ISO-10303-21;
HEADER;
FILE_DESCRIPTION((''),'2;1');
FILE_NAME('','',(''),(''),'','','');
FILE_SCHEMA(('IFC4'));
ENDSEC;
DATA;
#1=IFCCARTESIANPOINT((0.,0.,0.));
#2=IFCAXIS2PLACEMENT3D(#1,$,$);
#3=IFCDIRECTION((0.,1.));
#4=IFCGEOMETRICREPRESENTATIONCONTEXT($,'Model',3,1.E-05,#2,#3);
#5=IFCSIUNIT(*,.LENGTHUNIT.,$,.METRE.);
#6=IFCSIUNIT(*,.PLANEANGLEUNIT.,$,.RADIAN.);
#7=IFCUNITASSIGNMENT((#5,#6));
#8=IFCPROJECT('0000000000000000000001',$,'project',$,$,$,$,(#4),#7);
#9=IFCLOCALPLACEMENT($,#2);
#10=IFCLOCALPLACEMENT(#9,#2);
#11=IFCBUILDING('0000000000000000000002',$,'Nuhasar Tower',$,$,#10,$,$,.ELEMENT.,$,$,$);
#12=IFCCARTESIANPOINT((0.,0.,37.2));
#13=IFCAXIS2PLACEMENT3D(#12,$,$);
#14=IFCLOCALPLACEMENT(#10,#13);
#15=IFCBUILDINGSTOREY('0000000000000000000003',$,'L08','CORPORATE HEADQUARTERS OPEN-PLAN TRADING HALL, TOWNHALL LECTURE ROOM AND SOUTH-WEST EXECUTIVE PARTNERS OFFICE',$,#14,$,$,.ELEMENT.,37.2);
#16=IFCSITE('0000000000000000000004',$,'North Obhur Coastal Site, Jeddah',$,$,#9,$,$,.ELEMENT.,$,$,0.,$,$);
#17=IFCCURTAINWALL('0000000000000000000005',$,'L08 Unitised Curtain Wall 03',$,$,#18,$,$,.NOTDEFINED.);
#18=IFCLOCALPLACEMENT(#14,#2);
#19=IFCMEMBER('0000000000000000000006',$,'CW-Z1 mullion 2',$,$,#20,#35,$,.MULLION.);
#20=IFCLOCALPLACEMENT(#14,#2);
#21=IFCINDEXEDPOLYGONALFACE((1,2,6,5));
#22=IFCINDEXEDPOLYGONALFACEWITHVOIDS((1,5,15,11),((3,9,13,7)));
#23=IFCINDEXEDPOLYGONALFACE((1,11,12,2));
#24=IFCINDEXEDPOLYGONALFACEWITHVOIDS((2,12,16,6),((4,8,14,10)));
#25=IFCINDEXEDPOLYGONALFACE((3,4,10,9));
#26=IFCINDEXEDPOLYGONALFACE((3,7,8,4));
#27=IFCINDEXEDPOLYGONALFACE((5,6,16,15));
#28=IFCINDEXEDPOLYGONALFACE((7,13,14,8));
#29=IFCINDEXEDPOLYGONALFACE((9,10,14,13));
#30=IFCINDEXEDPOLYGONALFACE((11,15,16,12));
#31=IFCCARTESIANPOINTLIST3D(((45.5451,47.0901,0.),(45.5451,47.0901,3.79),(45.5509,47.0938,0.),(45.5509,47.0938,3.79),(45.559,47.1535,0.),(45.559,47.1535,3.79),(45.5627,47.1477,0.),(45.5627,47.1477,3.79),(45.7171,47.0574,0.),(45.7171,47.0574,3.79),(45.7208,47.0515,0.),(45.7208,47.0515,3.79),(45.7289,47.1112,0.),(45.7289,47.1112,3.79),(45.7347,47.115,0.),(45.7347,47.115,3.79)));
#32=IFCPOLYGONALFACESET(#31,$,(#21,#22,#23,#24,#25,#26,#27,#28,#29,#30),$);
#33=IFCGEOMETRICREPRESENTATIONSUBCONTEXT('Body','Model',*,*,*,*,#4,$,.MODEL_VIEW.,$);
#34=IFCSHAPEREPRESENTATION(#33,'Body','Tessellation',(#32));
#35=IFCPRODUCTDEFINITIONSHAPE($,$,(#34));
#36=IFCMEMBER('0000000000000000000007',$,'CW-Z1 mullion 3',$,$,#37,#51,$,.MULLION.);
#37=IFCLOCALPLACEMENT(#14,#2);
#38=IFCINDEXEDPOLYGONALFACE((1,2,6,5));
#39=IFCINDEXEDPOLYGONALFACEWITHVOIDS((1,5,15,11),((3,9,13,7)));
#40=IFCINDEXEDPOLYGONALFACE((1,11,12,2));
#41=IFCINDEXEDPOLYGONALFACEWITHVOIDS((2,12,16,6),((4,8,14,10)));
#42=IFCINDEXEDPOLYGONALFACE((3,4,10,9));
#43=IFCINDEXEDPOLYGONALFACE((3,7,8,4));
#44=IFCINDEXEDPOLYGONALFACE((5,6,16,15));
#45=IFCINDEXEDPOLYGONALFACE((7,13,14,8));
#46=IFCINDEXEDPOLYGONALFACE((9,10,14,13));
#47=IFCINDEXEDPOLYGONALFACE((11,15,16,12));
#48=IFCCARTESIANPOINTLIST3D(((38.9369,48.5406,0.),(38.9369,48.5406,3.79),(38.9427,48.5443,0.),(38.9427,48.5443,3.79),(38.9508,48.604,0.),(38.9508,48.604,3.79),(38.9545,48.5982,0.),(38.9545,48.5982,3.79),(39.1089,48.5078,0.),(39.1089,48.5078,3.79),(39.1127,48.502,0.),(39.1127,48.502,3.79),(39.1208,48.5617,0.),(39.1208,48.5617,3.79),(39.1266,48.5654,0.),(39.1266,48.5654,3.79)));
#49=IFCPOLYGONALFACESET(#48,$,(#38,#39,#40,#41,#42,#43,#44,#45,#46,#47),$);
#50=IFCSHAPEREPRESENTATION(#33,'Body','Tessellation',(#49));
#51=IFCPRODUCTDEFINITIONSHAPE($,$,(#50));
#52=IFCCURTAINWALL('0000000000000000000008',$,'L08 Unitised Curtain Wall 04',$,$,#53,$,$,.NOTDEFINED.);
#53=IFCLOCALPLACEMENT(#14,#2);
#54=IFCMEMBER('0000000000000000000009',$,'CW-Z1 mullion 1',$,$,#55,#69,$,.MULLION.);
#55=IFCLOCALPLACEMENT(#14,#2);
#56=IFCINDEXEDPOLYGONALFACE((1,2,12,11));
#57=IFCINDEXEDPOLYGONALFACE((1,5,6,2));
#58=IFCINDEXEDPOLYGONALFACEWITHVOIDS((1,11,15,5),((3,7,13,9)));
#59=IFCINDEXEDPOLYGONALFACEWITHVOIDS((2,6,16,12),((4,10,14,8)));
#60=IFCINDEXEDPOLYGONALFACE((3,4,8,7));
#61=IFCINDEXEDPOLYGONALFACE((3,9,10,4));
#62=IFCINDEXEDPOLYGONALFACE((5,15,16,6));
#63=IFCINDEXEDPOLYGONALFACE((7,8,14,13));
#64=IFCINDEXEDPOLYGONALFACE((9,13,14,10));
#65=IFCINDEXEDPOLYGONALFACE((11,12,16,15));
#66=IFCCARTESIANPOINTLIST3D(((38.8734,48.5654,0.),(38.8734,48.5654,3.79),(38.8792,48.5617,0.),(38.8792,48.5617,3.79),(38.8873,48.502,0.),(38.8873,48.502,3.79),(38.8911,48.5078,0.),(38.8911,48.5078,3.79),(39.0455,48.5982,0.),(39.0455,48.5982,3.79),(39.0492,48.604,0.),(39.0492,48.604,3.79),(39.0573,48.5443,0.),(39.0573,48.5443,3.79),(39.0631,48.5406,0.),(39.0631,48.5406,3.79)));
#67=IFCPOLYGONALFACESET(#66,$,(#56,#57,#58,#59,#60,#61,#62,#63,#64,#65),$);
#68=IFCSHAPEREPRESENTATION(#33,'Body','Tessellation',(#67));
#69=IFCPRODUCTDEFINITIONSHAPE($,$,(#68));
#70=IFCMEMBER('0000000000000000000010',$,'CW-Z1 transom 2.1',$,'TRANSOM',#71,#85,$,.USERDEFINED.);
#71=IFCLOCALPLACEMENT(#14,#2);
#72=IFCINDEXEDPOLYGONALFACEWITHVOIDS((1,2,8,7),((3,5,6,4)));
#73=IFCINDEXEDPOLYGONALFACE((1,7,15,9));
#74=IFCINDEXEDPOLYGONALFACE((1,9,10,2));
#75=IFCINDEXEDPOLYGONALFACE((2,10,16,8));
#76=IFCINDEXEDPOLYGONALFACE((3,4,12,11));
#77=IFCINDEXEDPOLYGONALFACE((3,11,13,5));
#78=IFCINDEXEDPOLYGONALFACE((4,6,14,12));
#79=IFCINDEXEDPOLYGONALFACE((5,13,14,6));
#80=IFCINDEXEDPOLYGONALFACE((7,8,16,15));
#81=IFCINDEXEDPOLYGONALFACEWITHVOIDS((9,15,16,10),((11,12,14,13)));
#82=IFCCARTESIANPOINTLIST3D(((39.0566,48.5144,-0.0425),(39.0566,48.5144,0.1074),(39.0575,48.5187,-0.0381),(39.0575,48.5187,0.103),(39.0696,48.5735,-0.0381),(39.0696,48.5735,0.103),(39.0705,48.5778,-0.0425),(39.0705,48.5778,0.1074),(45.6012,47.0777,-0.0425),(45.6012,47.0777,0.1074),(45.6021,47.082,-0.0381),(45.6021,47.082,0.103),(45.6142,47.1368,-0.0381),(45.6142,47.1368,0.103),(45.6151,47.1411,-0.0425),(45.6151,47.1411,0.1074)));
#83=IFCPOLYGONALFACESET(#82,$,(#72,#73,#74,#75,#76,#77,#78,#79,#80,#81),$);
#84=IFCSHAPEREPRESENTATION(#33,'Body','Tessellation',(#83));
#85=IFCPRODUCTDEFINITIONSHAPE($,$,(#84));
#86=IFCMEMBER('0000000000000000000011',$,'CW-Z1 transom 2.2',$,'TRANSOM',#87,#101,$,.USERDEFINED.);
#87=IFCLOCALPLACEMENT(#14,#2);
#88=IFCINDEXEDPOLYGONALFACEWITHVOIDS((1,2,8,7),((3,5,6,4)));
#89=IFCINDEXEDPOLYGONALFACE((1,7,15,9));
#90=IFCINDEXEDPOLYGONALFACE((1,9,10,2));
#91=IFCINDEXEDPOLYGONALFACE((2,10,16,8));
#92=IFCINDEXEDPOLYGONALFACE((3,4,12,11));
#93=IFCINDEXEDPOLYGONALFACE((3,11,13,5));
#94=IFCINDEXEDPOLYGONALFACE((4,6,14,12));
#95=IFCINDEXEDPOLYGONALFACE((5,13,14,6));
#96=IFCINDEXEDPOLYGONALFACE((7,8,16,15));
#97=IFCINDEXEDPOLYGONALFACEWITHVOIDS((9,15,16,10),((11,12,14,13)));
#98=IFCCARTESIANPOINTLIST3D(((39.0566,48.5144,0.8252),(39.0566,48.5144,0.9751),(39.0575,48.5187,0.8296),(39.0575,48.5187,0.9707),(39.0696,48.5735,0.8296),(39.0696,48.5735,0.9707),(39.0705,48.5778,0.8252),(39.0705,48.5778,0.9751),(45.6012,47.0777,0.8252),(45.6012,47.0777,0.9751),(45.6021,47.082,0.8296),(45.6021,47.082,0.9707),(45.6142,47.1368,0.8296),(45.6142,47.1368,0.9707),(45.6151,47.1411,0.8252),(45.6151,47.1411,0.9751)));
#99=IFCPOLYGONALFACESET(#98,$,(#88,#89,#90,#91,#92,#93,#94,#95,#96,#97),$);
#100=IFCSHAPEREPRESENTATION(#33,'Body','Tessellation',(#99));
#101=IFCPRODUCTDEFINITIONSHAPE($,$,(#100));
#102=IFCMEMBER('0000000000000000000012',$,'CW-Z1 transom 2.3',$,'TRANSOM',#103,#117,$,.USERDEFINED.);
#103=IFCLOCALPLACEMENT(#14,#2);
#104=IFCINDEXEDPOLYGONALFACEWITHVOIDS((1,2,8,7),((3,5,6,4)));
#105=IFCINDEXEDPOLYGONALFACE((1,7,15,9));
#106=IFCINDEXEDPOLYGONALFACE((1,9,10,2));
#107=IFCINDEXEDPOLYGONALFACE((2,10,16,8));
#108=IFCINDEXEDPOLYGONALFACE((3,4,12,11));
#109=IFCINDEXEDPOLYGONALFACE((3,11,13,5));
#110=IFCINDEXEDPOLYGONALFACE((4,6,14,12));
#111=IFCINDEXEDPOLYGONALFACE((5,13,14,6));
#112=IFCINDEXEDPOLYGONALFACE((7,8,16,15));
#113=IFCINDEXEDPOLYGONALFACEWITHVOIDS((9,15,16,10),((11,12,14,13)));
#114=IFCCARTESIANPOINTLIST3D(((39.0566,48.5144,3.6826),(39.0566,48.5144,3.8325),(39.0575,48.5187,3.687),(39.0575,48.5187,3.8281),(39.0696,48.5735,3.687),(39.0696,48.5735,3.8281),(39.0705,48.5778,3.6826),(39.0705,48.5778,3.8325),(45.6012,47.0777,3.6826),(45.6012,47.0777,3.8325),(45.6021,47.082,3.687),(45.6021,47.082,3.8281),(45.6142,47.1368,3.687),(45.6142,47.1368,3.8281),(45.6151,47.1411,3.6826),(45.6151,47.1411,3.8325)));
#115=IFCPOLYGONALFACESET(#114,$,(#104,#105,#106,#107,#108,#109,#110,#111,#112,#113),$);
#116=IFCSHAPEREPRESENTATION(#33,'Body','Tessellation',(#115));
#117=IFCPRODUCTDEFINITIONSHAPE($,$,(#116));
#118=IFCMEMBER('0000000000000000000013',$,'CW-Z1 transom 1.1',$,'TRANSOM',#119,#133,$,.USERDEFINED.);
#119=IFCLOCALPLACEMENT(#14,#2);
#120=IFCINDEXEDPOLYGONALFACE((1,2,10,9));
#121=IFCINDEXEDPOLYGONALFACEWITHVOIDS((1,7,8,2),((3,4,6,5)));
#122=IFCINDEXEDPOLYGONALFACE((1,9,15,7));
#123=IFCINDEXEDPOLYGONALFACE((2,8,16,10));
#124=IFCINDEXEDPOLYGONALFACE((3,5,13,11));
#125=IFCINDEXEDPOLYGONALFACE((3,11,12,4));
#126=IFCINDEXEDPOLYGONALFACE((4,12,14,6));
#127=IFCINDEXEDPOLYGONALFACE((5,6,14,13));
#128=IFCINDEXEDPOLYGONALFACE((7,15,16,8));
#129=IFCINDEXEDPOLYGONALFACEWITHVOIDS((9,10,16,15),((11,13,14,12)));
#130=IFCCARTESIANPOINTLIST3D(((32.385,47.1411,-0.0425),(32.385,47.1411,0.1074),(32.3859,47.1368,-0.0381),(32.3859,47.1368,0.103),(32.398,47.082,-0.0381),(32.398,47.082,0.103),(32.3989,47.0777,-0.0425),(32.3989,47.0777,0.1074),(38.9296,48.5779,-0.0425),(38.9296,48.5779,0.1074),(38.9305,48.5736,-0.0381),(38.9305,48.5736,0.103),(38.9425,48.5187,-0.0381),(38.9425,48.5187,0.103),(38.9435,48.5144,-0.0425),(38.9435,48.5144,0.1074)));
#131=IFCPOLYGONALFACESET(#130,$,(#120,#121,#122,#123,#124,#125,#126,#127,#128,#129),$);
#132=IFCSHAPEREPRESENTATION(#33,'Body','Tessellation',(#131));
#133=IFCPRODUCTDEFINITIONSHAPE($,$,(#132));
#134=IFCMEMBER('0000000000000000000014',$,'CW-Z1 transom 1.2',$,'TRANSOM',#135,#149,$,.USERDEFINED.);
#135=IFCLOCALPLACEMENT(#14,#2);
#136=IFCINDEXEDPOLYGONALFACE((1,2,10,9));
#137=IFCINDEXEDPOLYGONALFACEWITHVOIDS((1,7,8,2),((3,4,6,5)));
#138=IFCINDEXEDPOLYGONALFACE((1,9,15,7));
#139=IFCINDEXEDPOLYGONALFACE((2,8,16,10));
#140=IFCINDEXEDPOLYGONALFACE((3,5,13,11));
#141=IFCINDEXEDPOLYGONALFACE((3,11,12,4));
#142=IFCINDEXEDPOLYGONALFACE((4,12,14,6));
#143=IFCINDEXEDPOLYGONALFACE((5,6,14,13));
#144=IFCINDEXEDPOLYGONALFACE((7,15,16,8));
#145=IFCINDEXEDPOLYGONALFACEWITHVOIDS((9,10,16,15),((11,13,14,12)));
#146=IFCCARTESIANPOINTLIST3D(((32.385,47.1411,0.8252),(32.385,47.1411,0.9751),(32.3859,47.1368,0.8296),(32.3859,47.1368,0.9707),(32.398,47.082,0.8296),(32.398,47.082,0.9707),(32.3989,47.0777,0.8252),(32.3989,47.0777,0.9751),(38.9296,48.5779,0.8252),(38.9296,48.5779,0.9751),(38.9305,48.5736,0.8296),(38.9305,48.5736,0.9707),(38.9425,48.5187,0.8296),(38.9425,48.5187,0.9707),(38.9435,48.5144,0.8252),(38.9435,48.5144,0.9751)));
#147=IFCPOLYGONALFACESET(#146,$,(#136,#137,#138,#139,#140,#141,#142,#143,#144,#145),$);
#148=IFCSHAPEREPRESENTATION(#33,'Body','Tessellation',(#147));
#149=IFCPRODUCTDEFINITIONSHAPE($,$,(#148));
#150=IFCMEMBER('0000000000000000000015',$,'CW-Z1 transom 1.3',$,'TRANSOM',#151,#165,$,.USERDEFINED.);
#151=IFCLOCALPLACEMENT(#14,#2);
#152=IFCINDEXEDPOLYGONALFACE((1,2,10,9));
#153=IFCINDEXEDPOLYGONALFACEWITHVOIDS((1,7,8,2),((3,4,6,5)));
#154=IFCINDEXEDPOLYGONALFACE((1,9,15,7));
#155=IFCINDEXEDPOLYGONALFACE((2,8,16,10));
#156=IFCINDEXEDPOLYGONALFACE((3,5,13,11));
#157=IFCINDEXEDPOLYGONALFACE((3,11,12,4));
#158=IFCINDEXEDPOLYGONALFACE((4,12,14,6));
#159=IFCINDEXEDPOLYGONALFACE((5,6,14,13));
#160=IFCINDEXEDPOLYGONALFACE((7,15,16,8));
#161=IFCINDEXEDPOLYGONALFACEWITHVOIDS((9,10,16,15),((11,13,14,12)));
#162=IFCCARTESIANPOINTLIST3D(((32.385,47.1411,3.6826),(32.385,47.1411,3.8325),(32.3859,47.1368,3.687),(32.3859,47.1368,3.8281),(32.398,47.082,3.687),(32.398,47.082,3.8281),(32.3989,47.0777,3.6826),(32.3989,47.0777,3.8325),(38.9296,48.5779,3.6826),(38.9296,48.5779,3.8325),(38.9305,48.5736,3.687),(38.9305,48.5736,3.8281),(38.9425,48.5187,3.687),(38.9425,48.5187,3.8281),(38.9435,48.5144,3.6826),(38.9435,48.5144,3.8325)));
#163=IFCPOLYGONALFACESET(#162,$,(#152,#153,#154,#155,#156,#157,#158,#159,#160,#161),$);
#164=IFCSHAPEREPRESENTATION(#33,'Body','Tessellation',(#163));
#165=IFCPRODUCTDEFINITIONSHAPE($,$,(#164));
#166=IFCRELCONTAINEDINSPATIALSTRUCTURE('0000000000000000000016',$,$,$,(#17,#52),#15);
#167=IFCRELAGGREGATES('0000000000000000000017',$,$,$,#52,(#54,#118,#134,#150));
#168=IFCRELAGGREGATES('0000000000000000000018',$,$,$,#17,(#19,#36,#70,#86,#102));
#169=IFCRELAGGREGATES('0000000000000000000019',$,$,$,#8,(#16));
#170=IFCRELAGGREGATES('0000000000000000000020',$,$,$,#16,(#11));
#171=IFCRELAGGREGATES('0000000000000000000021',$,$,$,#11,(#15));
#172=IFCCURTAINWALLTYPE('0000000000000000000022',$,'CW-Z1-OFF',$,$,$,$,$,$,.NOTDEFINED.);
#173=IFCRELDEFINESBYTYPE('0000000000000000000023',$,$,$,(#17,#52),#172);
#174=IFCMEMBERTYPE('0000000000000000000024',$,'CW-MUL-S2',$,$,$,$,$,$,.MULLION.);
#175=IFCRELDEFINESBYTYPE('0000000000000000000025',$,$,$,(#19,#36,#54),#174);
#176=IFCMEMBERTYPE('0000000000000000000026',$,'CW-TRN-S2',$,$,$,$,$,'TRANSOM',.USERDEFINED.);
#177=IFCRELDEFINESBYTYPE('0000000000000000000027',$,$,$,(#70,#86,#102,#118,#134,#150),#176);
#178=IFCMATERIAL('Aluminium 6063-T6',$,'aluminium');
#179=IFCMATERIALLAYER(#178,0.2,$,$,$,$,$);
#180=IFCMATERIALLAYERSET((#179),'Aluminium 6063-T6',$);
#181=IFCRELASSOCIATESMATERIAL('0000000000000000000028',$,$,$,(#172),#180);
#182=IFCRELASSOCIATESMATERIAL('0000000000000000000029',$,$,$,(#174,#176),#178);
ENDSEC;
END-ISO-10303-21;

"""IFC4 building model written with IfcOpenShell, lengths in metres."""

from ifc_helpers import new_model, si_unit, direction, frame, origin, origin_2d, place, context, subcontext, project, spatial, hollow_rectangle, extrude, material, layer, layer_set, material_profile, profile_set, type_object, element, aggregate, save


model = new_model("IFC4")

# Units and contexts
model_context = context("Model", 3, precision=1e-05, world=origin(), true_north=direction((0.0, 1.0)))
body_context = subcontext(model_context, "Body", "Model", "MODEL_VIEW")
ifc_project = project(units=[si_unit("LENGTHUNIT", "METRE"), si_unit("PLANEANGLEUNIT", "RADIAN")], contexts=[model_context])

# Site, building, storey
site_placement = place(None, origin())
site = spatial("IfcSite", under=ifc_project, at=site_placement, Name="North Obhur Coastal Site, Jeddah", CompositionType="ELEMENT", RefElevation=0.0)
building_placement = place(site_placement, origin())
building = spatial("IfcBuilding", under=site, at=building_placement, Name="Nuhasar Tower", CompositionType="ELEMENT")
storey_placement = place(building_placement, frame((0.0, 0.0, 37.2)))
storey = spatial("IfcBuildingStorey", under=building, at=storey_placement, Name="L08", Description="CORPORATE HEADQUARTERS OPEN-PLAN TRADING HALL, TOWNHALL LECTURE ROOM AND SOUTH-WEST EXECUTIVE PARTNERS OFFICE", CompositionType="ELEMENT", Elevation=37.2)

# Curtain wall, members
ifc_material_1 = material(Name="Aluminium 6063-T6", Category="aluminium")
ifc_layer_1 = layer(ifc_material_1, 0.2)
ifc_layer_set_1 = layer_set([ifc_layer_1], Name="Aluminium 6063-T6")
curtain_wall_type = type_object("IfcCurtainWallType", Name="CW-Z1-OFF", PredefinedType="NOTDEFINED", material=ifc_layer_set_1)
curtain_wall_1_placement = place(storey_placement, origin())
curtain_wall_1 = element("IfcCurtainWall", 1, at=curtain_wall_1_placement, inside=storey, type_object=curtain_wall_type, Name="L08 Unitised Curtain Wall 03", PredefinedType="NOTDEFINED")
ifc_material_profile_1 = material_profile(ifc_material_1, hollow_rectangle(XDim=0.0649, YDim=0.1799, WallThickness=0.0049, at=origin_2d()), Name="CWM-2")
ifc_profile_set_1 = profile_set([ifc_material_profile_1], Name="Aluminium 6063-T6")
member_type_1 = type_object("IfcMemberType", Name="CW-MUL-S2", PredefinedType="MULLION", material=ifc_profile_set_1)
member_1_placement = place(storey_placement, frame((45.6399, 47.1025, 0.0), z_axis=(0.0, 0.0, 1.0), x_axis=(-0.214399, -0.976746, 0.0)))
member_1 = element("IfcMember", 2, at=member_1_placement, type_object=member_type_1, Name="CW-Z1 mullion 2", PredefinedType="MULLION", context=body_context, shape_type="SweptSolid", body=[
    extrude(hollow_rectangle(XDim=0.0649, YDim=0.1799, WallThickness=0.0049, at=origin_2d()), origin(), (0.0, 0.0, 1.0), 3.79),
])
member_2_placement = place(storey_placement, frame((39.0317, 48.553, 0.0), z_axis=(0.0, 0.0, 1.0), x_axis=(-0.214399, -0.976746, 0.0)))
member_2 = element("IfcMember", 3, at=member_2_placement, type_object=member_type_1, Name="CW-Z1 mullion 3", PredefinedType="MULLION", context=body_context, shape_type="SweptSolid", body=[
    extrude(hollow_rectangle(XDim=0.0649, YDim=0.1799, WallThickness=0.0049, at=origin_2d()), origin(), (0.0, 0.0, 1.0), 3.79),
])

# Curtain wall, member
curtain_wall_2_placement = place(storey_placement, origin())
curtain_wall_2 = element("IfcCurtainWall", 4, at=curtain_wall_2_placement, inside=storey, type_object=curtain_wall_type, Name="L08 Unitised Curtain Wall 04", PredefinedType="NOTDEFINED")
member_3_placement = place(storey_placement, frame((38.9683, 48.553, 0.0), z_axis=(0.0, 0.0, 1.0), x_axis=(0.214399, -0.976746, 0.0)))
member_3 = element("IfcMember", 5, at=member_3_placement, type_object=member_type_1, Name="CW-Z1 mullion 1", PredefinedType="MULLION", context=body_context, shape_type="SweptSolid", body=[
    extrude(hollow_rectangle(XDim=0.0649, YDim=0.1799, WallThickness=0.0049, at=origin_2d()), origin(), (0.0, 0.0, 1.0), 3.79),
])

# Members
ifc_material_profile_2 = material_profile(ifc_material_1, hollow_rectangle(XDim=0.0649, YDim=0.1499, WallThickness=0.0044, at=origin_2d()), Name="CWT-2")
ifc_profile_set_2 = profile_set([ifc_material_profile_2], Name="Aluminium 6063-T6")
member_type_2 = type_object("IfcMemberType", Name="CW-TRN-S2", ElementType="TRANSOM", PredefinedType="USERDEFINED", material=ifc_profile_set_2)
member_4_placement = place(storey_placement, frame((45.6082, 47.1094, 0.0325), z_axis=(-0.97674, 0.214426, 0.0), x_axis=(-0.214426, -0.97674, 0.0)))
member_4 = element("IfcMember", 6, at=member_4_placement, type_object=member_type_2, Name="CW-Z1 transom 2.1", ObjectType="TRANSOM", PredefinedType="USERDEFINED", context=body_context, shape_type="SweptSolid", body=[
    extrude(hollow_rectangle(XDim=0.0649, YDim=0.1499, WallThickness=0.0044, at=origin_2d()), origin(), (0.0, 0.0, 1.0), 6.7004),
])
member_5_placement = place(storey_placement, frame((45.6082, 47.1094, 0.9001), z_axis=(-0.97674, 0.214426, 0.0), x_axis=(-0.214426, -0.97674, 0.0)))
member_5 = element("IfcMember", 7, at=member_5_placement, type_object=member_type_2, Name="CW-Z1 transom 2.2", ObjectType="TRANSOM", PredefinedType="USERDEFINED", context=body_context, shape_type="SweptSolid", body=[
    extrude(hollow_rectangle(XDim=0.0649, YDim=0.1499, WallThickness=0.0044, at=origin_2d()), origin(), (0.0, 0.0, 1.0), 6.7004),
])
member_6_placement = place(storey_placement, frame((45.6082, 47.1094, 3.7576), z_axis=(-0.97674, 0.214426, 0.0), x_axis=(-0.214426, -0.97674, 0.0)))
member_6 = element("IfcMember", 8, at=member_6_placement, type_object=member_type_2, Name="CW-Z1 transom 2.3", ObjectType="TRANSOM", PredefinedType="USERDEFINED", context=body_context, shape_type="SweptSolid", body=[
    extrude(hollow_rectangle(XDim=0.0649, YDim=0.1499, WallThickness=0.0044, at=origin_2d()), origin(), (0.0, 0.0, 1.0), 6.7004),
])
member_7_placement = place(storey_placement, frame((38.9365, 48.5461, 0.0325), z_axis=(-0.97674, -0.214426, 0.0), x_axis=(0.214426, -0.97674, 0.0)))
member_7 = element("IfcMember", 9, at=member_7_placement, type_object=member_type_2, Name="CW-Z1 transom 1.1", ObjectType="TRANSOM", PredefinedType="USERDEFINED", context=body_context, shape_type="SweptSolid", body=[
    extrude(hollow_rectangle(XDim=0.0649, YDim=0.1499, WallThickness=0.0044, at=origin_2d()), origin(), (0.0, 0.0, 1.0), 6.7004),
])
member_8_placement = place(storey_placement, frame((38.9365, 48.5461, 0.9001), z_axis=(-0.97674, -0.214426, 0.0), x_axis=(0.214426, -0.97674, 0.0)))
member_8 = element("IfcMember", 10, at=member_8_placement, type_object=member_type_2, Name="CW-Z1 transom 1.2", ObjectType="TRANSOM", PredefinedType="USERDEFINED", context=body_context, shape_type="SweptSolid", body=[
    extrude(hollow_rectangle(XDim=0.0649, YDim=0.1499, WallThickness=0.0044, at=origin_2d()), origin(), (0.0, 0.0, 1.0), 6.7004),
])
member_9_placement = place(storey_placement, frame((38.9365, 48.5461, 3.7576), z_axis=(-0.97674, -0.214426, 0.0), x_axis=(0.214426, -0.97674, 0.0)))
member_9 = element("IfcMember", 11, at=member_9_placement, type_object=member_type_2, Name="CW-Z1 transom 1.3", ObjectType="TRANSOM", PredefinedType="USERDEFINED", context=body_context, shape_type="SweptSolid", body=[
    extrude(hollow_rectangle(XDim=0.0649, YDim=0.1499, WallThickness=0.0044, at=origin_2d()), origin(), (0.0, 0.0, 1.0), 6.7004),
])
aggregate(curtain_wall_2, [member_3, member_7, member_8, member_9])

aggregate(curtain_wall_1, [member_1, member_2, member_4, member_5, member_6])

save(model, "model.ifc")
